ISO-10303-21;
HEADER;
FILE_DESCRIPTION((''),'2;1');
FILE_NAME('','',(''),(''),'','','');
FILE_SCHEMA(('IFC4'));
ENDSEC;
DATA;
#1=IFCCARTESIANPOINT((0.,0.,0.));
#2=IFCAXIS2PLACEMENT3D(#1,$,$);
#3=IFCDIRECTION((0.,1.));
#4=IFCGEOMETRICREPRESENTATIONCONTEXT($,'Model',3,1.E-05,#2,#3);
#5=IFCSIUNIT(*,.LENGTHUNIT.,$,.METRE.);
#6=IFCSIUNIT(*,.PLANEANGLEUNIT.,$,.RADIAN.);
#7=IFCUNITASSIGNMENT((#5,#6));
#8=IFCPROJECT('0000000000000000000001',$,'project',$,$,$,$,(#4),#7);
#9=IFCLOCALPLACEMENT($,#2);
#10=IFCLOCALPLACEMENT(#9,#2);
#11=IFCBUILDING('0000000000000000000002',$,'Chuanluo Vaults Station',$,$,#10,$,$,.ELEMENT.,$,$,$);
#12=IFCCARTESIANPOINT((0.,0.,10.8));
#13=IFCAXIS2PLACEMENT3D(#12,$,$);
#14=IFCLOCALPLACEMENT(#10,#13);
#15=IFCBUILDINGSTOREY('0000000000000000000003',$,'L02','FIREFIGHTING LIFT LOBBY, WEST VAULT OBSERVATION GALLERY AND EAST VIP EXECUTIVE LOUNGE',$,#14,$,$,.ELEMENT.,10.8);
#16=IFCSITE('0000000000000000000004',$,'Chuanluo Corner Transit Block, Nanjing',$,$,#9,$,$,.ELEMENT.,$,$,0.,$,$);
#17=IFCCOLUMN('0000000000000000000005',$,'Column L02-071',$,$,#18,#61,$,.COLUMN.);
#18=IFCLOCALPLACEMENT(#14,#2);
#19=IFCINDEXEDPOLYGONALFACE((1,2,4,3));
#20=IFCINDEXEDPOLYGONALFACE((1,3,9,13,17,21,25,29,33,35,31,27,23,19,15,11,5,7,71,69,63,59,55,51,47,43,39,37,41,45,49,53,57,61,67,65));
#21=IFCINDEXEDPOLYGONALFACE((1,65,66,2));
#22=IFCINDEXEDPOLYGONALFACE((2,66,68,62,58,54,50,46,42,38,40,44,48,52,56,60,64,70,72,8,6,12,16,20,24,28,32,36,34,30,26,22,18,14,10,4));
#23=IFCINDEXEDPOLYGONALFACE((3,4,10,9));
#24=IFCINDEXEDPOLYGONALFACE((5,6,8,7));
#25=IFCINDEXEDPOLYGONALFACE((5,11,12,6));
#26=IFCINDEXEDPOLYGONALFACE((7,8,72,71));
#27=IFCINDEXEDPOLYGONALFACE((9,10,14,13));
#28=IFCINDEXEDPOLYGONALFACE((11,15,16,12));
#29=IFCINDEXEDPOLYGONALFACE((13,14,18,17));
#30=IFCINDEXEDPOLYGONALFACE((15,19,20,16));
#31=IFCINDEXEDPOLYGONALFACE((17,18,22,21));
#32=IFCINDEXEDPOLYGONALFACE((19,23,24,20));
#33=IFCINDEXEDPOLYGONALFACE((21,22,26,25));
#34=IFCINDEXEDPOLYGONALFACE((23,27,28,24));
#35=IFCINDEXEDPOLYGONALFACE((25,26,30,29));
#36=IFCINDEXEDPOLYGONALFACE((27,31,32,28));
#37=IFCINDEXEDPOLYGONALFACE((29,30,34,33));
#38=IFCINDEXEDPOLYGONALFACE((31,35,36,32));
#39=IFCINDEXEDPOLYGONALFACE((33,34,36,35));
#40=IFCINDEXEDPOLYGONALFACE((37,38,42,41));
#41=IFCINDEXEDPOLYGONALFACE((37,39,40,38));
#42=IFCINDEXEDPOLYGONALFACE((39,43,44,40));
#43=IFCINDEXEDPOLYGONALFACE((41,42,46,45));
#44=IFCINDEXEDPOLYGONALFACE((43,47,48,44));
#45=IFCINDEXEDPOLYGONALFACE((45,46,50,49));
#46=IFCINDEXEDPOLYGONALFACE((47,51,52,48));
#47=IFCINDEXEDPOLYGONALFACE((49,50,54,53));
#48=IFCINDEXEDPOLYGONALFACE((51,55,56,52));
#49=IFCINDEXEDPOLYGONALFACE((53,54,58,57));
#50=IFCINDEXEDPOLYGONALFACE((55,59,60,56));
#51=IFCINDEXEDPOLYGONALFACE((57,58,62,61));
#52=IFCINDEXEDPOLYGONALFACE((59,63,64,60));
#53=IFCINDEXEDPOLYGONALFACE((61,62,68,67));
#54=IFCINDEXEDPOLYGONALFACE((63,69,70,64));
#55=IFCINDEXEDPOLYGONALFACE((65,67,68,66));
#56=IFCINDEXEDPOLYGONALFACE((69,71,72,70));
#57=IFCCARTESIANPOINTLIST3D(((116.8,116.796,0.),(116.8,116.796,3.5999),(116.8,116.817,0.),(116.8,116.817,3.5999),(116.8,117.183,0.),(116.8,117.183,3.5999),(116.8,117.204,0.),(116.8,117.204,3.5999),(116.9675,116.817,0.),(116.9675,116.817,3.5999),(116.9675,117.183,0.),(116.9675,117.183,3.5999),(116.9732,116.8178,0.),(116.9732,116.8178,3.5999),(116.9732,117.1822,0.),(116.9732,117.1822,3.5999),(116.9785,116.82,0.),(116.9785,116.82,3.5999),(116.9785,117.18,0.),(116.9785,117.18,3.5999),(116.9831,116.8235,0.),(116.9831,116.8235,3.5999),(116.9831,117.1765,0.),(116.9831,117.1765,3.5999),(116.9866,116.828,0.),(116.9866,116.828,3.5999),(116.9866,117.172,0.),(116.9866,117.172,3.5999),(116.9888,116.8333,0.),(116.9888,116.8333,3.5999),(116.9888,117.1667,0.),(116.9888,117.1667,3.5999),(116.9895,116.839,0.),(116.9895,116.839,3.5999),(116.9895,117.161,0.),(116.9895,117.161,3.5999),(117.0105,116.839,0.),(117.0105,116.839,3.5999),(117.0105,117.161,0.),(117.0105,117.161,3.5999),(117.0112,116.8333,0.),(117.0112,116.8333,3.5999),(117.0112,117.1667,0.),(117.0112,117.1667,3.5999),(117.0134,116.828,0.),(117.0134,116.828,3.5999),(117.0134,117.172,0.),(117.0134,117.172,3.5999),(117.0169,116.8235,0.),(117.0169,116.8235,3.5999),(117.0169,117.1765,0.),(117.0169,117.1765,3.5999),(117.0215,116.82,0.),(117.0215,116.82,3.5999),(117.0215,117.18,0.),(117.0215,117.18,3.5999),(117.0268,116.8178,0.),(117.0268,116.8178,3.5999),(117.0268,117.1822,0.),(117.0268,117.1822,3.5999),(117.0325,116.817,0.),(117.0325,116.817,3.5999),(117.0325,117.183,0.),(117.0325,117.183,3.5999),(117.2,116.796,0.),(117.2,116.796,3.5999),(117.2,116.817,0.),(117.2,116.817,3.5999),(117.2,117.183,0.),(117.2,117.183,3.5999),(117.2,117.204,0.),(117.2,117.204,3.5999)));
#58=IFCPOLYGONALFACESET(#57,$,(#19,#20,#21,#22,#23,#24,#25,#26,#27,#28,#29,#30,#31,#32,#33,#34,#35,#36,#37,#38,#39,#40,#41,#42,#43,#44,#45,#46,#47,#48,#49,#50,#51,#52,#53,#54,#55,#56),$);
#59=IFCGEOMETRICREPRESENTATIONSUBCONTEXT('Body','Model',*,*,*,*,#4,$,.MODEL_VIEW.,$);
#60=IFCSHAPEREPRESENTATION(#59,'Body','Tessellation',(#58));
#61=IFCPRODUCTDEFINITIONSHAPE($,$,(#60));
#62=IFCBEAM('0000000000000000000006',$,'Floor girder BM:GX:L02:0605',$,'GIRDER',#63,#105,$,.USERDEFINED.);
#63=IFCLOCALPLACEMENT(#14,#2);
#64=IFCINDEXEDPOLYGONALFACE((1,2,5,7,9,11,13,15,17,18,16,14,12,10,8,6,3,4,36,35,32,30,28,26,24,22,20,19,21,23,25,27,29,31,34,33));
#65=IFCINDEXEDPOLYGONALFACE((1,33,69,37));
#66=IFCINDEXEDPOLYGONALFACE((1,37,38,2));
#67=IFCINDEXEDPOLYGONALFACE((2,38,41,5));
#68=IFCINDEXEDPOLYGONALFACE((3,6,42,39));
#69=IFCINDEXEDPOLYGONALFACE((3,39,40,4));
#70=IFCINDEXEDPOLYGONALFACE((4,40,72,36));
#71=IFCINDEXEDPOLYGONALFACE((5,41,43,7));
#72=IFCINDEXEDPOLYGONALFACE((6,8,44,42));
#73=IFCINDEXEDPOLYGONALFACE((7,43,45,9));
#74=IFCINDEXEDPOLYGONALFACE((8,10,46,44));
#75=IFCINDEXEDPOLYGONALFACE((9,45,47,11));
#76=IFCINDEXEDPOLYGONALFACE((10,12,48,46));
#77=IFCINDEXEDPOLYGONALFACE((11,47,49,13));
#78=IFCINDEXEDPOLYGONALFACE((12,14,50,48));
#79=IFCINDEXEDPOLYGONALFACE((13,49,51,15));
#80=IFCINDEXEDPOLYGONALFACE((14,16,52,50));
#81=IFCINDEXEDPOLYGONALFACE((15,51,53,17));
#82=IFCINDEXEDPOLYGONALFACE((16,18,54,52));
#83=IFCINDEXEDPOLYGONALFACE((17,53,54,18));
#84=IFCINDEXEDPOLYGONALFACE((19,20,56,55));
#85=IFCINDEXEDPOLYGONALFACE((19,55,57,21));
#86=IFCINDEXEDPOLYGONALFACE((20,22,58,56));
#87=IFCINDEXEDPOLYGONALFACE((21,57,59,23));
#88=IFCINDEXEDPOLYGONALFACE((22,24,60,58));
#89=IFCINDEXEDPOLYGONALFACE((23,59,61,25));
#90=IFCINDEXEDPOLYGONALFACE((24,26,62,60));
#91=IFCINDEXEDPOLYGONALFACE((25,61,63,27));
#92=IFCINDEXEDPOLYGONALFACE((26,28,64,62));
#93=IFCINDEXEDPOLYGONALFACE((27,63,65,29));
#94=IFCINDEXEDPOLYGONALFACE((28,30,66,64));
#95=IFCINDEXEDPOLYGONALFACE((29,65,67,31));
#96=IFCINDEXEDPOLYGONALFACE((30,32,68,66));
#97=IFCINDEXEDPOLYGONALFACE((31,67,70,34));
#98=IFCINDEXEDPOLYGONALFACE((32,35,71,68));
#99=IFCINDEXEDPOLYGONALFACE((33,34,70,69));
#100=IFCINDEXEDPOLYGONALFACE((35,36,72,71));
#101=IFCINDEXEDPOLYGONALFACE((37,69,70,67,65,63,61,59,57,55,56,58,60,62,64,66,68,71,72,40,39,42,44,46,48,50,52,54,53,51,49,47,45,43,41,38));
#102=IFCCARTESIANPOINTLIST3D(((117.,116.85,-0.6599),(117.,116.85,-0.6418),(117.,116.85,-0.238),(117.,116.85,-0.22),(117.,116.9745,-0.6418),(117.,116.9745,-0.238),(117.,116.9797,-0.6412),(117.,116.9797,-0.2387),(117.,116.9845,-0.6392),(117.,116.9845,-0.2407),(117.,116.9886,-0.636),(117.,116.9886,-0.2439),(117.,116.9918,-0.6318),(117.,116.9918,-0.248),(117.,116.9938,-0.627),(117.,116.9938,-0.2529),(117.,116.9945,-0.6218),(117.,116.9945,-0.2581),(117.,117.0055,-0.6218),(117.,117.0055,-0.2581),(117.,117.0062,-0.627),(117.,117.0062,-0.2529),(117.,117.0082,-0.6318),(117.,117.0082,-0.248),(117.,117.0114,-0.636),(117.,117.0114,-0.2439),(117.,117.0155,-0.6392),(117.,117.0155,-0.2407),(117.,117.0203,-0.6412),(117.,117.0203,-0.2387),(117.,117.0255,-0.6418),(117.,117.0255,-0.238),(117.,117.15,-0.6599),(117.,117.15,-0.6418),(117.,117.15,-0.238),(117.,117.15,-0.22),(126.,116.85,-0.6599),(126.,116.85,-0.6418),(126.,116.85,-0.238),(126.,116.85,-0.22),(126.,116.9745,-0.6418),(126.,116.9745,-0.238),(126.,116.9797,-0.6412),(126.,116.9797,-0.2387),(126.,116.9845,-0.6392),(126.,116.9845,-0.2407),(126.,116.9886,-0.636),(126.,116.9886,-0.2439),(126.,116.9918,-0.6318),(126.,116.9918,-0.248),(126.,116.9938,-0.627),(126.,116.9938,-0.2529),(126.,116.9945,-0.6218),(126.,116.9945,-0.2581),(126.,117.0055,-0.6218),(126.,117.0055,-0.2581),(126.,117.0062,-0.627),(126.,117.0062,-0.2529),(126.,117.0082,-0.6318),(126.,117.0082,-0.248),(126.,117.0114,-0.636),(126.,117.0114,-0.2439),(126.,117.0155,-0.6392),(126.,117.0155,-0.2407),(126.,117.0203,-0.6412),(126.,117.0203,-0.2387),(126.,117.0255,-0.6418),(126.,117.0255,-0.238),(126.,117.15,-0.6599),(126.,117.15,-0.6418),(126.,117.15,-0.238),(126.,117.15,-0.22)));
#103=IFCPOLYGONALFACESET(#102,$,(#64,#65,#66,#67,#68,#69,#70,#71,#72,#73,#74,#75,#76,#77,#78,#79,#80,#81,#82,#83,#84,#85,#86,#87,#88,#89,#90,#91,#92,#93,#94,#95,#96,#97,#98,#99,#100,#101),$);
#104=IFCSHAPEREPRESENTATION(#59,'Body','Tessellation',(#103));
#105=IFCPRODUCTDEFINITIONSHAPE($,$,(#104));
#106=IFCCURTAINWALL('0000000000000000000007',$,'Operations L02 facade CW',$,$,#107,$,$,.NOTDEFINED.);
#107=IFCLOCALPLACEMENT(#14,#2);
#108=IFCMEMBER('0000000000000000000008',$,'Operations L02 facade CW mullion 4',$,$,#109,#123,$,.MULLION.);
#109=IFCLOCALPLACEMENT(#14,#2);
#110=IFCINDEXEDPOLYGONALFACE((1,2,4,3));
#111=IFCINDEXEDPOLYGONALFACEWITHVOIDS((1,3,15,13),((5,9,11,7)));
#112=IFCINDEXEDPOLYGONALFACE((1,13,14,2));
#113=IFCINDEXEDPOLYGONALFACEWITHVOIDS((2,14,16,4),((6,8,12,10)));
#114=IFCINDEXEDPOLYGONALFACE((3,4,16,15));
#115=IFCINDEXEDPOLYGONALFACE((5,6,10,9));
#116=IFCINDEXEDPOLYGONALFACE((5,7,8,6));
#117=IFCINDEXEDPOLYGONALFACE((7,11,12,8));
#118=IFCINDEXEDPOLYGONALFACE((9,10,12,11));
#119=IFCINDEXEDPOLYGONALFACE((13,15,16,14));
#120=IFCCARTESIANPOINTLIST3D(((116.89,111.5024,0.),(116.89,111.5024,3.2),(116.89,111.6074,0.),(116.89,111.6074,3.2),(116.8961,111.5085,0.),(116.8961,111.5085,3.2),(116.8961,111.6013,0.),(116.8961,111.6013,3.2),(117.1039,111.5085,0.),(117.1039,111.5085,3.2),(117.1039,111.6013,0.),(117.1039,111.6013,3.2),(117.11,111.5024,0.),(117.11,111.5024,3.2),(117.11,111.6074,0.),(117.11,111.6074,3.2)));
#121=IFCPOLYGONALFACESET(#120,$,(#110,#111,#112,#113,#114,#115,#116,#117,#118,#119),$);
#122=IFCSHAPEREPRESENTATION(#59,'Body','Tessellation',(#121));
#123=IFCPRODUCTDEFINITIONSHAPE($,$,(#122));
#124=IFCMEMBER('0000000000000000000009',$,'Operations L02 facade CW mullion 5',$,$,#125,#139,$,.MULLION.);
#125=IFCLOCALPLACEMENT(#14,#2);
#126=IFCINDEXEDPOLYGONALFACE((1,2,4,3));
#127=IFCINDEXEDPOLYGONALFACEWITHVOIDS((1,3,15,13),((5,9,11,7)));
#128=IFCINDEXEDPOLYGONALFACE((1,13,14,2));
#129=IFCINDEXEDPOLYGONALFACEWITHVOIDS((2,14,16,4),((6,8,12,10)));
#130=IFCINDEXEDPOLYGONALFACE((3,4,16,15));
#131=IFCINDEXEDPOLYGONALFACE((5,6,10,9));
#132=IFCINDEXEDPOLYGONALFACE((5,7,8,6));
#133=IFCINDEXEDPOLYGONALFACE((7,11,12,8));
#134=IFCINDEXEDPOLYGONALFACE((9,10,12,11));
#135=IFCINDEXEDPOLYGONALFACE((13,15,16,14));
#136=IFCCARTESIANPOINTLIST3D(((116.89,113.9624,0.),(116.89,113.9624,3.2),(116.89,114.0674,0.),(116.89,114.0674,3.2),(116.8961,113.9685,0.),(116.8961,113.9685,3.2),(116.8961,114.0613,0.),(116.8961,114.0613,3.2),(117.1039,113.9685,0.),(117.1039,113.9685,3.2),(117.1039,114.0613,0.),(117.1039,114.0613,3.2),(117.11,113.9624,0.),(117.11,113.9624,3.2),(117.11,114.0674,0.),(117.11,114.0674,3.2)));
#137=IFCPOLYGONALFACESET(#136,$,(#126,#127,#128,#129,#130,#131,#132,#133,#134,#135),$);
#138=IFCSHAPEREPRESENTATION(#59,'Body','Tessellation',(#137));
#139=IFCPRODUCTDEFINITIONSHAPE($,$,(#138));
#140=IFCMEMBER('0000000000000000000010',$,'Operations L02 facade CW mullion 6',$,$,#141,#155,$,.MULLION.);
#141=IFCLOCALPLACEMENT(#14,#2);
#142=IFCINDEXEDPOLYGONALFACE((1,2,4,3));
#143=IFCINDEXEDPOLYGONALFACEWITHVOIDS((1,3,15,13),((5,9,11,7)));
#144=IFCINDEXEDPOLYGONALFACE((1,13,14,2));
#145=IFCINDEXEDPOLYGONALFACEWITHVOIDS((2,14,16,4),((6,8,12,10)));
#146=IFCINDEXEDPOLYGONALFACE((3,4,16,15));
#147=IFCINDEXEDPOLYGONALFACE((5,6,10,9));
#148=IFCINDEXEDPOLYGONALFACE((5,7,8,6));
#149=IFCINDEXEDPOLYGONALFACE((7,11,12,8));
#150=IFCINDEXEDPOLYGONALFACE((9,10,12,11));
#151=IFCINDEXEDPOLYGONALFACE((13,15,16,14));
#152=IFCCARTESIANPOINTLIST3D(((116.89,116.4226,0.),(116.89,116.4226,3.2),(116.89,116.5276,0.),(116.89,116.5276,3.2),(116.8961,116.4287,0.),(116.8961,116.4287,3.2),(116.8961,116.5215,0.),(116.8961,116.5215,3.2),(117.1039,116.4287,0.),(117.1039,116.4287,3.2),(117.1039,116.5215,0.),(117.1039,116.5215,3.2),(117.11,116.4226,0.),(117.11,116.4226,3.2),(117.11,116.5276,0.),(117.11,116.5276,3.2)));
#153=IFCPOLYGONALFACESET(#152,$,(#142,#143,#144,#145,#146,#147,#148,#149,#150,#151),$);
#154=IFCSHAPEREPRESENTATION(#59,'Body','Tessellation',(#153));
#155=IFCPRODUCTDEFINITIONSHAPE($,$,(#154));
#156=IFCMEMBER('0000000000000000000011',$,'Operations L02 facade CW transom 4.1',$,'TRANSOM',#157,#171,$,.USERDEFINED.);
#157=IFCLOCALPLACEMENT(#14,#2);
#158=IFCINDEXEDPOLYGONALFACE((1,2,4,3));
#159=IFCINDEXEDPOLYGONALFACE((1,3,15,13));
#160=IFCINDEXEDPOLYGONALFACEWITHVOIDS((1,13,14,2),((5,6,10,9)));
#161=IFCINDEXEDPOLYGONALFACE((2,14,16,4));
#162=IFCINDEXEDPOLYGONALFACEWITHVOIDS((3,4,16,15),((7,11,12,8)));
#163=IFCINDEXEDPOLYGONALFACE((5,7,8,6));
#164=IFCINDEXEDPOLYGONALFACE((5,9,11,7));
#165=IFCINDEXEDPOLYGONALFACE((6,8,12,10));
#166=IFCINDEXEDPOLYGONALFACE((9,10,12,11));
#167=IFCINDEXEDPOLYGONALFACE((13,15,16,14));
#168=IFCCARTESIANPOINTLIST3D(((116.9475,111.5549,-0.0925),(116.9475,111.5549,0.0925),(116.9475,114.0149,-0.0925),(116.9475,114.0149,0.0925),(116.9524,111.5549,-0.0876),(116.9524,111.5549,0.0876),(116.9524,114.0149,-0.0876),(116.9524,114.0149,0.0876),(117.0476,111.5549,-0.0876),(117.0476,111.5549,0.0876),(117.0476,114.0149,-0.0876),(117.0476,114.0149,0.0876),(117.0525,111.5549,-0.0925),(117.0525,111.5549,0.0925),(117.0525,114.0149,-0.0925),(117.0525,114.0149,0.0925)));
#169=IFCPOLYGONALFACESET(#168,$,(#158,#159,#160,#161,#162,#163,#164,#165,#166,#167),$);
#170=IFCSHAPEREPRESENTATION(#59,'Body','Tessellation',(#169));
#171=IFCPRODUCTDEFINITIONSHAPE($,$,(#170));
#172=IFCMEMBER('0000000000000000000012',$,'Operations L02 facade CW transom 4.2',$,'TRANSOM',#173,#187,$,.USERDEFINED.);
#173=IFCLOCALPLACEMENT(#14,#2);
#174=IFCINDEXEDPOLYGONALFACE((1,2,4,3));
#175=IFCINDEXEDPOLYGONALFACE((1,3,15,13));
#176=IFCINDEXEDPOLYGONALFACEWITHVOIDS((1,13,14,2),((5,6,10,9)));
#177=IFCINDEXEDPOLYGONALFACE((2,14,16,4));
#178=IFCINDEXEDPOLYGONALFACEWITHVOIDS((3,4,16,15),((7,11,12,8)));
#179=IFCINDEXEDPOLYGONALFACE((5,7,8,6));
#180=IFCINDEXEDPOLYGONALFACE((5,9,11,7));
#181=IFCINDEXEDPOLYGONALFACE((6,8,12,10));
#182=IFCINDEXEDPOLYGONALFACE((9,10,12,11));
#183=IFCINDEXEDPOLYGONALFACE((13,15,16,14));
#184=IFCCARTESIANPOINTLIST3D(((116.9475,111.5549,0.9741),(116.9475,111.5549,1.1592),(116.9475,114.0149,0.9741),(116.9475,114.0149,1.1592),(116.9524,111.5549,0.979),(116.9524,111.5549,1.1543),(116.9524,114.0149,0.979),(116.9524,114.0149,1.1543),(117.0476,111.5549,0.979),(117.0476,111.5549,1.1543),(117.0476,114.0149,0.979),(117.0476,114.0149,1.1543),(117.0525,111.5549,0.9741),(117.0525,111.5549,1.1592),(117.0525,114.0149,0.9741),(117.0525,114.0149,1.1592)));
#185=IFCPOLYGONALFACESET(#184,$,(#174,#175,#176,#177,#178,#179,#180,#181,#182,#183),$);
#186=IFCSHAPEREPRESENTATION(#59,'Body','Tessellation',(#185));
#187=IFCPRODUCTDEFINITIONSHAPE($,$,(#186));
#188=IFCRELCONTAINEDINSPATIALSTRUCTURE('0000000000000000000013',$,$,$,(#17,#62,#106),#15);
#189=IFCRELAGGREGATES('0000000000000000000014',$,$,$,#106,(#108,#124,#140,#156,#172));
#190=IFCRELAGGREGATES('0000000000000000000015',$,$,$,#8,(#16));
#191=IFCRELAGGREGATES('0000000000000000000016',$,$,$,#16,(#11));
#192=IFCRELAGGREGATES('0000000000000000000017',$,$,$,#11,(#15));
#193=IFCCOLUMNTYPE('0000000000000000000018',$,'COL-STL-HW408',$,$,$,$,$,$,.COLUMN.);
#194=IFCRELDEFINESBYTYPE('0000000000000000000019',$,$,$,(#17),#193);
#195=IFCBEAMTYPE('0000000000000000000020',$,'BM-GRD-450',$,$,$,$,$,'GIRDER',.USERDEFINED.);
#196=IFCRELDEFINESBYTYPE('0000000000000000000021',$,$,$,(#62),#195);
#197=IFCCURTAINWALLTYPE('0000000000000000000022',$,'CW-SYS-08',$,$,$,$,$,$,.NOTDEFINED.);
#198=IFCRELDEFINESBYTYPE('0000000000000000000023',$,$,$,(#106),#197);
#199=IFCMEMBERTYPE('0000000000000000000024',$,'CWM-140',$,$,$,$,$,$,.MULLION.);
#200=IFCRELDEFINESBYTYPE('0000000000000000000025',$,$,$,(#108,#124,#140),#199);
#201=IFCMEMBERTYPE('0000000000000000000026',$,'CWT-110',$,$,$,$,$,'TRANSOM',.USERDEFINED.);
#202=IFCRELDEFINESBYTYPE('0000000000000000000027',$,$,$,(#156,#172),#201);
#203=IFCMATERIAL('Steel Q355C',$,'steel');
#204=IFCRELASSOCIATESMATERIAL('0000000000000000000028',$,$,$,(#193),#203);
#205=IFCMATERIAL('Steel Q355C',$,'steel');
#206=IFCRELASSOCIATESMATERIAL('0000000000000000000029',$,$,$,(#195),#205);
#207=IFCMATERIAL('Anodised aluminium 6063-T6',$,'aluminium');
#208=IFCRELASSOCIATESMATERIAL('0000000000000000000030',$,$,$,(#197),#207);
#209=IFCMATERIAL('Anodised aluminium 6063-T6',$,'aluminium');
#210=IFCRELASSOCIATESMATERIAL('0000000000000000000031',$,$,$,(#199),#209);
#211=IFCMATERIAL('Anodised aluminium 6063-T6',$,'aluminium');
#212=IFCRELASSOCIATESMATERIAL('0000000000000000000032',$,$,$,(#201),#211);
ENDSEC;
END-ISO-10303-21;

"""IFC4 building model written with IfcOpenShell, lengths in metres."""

from ifc_helpers import new_model, si_unit, direction, frame, origin, origin_2d, place, context, subcontext, project, spatial, hollow_rectangle, i_section, extrude, material, material_profile, profile_set, type_object, element, aggregate, save


model = new_model("IFC4")

# Units and contexts
model_context = context("Model", 3, precision=1e-05, world=origin(), true_north=direction((0.0, 1.0)))
body_context = subcontext(model_context, "Body", "Model", "MODEL_VIEW")
ifc_project = project(units=[si_unit("LENGTHUNIT", "METRE"), si_unit("PLANEANGLEUNIT", "RADIAN")], contexts=[model_context])

# Site, building, storey
site_placement = place(None, origin())
site = spatial("IfcSite", under=ifc_project, at=site_placement, Name="Chuanluo Corner Transit Block, Nanjing", CompositionType="ELEMENT", RefElevation=0.0)
building_placement = place(site_placement, origin())
building = spatial("IfcBuilding", under=site, at=building_placement, Name="Chuanluo Vaults Station", CompositionType="ELEMENT")
storey_placement = place(building_placement, frame((0.0, 0.0, 10.8)))
storey = spatial("IfcBuildingStorey", under=building, at=storey_placement, Name="L02", Description="FIREFIGHTING LIFT LOBBY, WEST VAULT OBSERVATION GALLERY AND EAST VIP EXECUTIVE LOUNGE", CompositionType="ELEMENT", Elevation=10.8)

# Column
ifc_material_1 = material(Name="Steel Q355C", Category="steel")
ifc_material_profile_1 = material_profile(ifc_material_1, i_section(OverallWidth=0.3999, OverallDepth=0.408, WebThickness=0.021, FlangeThickness=0.021, FilletRadius=0.022, at=origin_2d()))
ifc_profile_set_1 = profile_set([ifc_material_profile_1], Name="Steel Q355C")
column_type = type_object("IfcColumnType", Name="COL-STL-HW408", PredefinedType="COLUMN", material=ifc_profile_set_1)
column_placement = place(storey_placement, frame((117.0, 117.0, 0.0), z_axis=(0.0, 0.0, 1.0), x_axis=(1.0, 0.0, 0.0)))
element("IfcColumn", 1, at=column_placement, inside=storey, type_object=column_type, Name="Column L02-071", PredefinedType="COLUMN", context=body_context, shape_type="SweptSolid", body=[
    extrude(i_section(OverallWidth=0.3999, OverallDepth=0.408, WebThickness=0.021, FlangeThickness=0.021, FilletRadius=0.022, at=origin_2d()), origin(), (0.0, 0.0, 1.0), 3.5999),
])

# Beam
ifc_material_2 = material(Name="Steel Q355C", Category="steel")
ifc_material_profile_2 = material_profile(ifc_material_2, i_section(OverallWidth=0.3, OverallDepth=0.4399, WebThickness=0.011, FlangeThickness=0.0181, FilletRadius=0.02, at=origin_2d()))
ifc_profile_set_2 = profile_set([ifc_material_profile_2], Name="Steel Q355C")
beam_type = type_object("IfcBeamType", Name="BM-GRD-450", ElementType="GIRDER", PredefinedType="USERDEFINED", material=ifc_profile_set_2)
beam_placement = place(storey_placement, frame((117.0, 117.0, -0.4399), z_axis=(1.0, 0.0, 0.0), x_axis=(0.0, 1.0, 0.0)))
element("IfcBeam", 2, at=beam_placement, inside=storey, type_object=beam_type, Name="Floor girder BM:GX:L02:0605", ObjectType="GIRDER", PredefinedType="USERDEFINED", context=body_context, shape_type="SweptSolid", body=[
    extrude(i_section(OverallWidth=0.3, OverallDepth=0.4399, WebThickness=0.011, FlangeThickness=0.0181, FilletRadius=0.02, at=origin_2d()), origin(), (0.0, 0.0, 1.0), 9.0),
])

# Curtain wall, members
ifc_material_3 = material(Name="Anodised aluminium 6063-T6", Category="aluminium")
curtain_wall_type = type_object("IfcCurtainWallType", Name="CW-SYS-08", PredefinedType="NOTDEFINED", material=ifc_material_3)
curtain_wall_placement = place(storey_placement, origin())
curtain_wall = element("IfcCurtainWall", 3, at=curtain_wall_placement, inside=storey, type_object=curtain_wall_type, Name="Operations L02 facade CW", PredefinedType="NOTDEFINED")
ifc_material_4 = material(Name="Anodised aluminium 6063-T6", Category="aluminium")
ifc_material_profile_3 = material_profile(ifc_material_4, hollow_rectangle(XDim=0.105, YDim=0.22, WallThickness=0.0061, at=origin_2d()))
ifc_profile_set_3 = profile_set([ifc_material_profile_3], Name="Anodised aluminium 6063-T6")
member_type_1 = type_object("IfcMemberType", Name="CWM-140", PredefinedType="MULLION", material=ifc_profile_set_3)
member_1_placement = place(storey_placement, frame((117.0, 111.5549, 0.0), z_axis=(0.0, 0.0, 1.0), x_axis=(0.0, 1.0, 0.0)))
member_1 = element("IfcMember", 4, at=member_1_placement, type_object=member_type_1, Name="Operations L02 facade CW mullion 4", PredefinedType="MULLION", context=body_context, shape_type="SweptSolid", body=[
    extrude(hollow_rectangle(XDim=0.105, YDim=0.22, WallThickness=0.0061, at=origin_2d()), origin(), (0.0, 0.0, 1.0), 3.2),
])
member_2_placement = place(storey_placement, frame((117.0, 114.0149, 0.0), z_axis=(0.0, 0.0, 1.0), x_axis=(0.0, 1.0, 0.0)))
member_2 = element("IfcMember", 5, at=member_2_placement, type_object=member_type_1, Name="Operations L02 facade CW mullion 5", PredefinedType="MULLION", context=body_context, shape_type="SweptSolid", body=[
    extrude(hollow_rectangle(XDim=0.105, YDim=0.22, WallThickness=0.0061, at=origin_2d()), origin(), (0.0, 0.0, 1.0), 3.2),
])
member_3_placement = place(storey_placement, frame((117.0, 116.4751, 0.0), z_axis=(0.0, 0.0, 1.0), x_axis=(0.0, 1.0, 0.0)))
member_3 = element("IfcMember", 6, at=member_3_placement, type_object=member_type_1, Name="Operations L02 facade CW mullion 6", PredefinedType="MULLION", context=body_context, shape_type="SweptSolid", body=[
    extrude(hollow_rectangle(XDim=0.105, YDim=0.22, WallThickness=0.0061, at=origin_2d()), origin(), (0.0, 0.0, 1.0), 3.2),
])
ifc_material_5 = material(Name="Anodised aluminium 6063-T6", Category="aluminium")
ifc_material_profile_4 = material_profile(ifc_material_5, hollow_rectangle(XDim=0.105, YDim=0.1851, WallThickness=0.0049, at=origin_2d()))
ifc_profile_set_4 = profile_set([ifc_material_profile_4], Name="Anodised aluminium 6063-T6")
member_type_2 = type_object("IfcMemberType", Name="CWT-110", ElementType="TRANSOM", PredefinedType="USERDEFINED", material=ifc_profile_set_4)
member_4_placement = place(storey_placement, frame((117.0, 111.5549, 0.0), z_axis=(0.0, 1.0, 0.0), x_axis=(-1.0, 0.0, 0.0)))
member_4 = element("IfcMember", 7, at=member_4_placement, type_object=member_type_2, Name="Operations L02 facade CW transom 4.1", ObjectType="TRANSOM", PredefinedType="USERDEFINED", context=body_context, shape_type="SweptSolid", body=[
    extrude(hollow_rectangle(XDim=0.105, YDim=0.1851, WallThickness=0.0049, at=origin_2d()), origin(), (0.0, 0.0, 1.0), 2.46),
])
member_5_placement = place(storey_placement, frame((117.0, 111.5549, 1.0667), z_axis=(0.0, 1.0, 0.0), x_axis=(-1.0, 0.0, 0.0)))
member_5 = element("IfcMember", 8, at=member_5_placement, type_object=member_type_2, Name="Operations L02 facade CW transom 4.2", ObjectType="TRANSOM", PredefinedType="USERDEFINED", context=body_context, shape_type="SweptSolid", body=[
    extrude(hollow_rectangle(XDim=0.105, YDim=0.1851, WallThickness=0.0049, at=origin_2d()), origin(), (0.0, 0.0, 1.0), 2.46),
])
aggregate(curtain_wall, [member_1, member_2, member_3, member_4, member_5])

save(model, "model.ifc")
